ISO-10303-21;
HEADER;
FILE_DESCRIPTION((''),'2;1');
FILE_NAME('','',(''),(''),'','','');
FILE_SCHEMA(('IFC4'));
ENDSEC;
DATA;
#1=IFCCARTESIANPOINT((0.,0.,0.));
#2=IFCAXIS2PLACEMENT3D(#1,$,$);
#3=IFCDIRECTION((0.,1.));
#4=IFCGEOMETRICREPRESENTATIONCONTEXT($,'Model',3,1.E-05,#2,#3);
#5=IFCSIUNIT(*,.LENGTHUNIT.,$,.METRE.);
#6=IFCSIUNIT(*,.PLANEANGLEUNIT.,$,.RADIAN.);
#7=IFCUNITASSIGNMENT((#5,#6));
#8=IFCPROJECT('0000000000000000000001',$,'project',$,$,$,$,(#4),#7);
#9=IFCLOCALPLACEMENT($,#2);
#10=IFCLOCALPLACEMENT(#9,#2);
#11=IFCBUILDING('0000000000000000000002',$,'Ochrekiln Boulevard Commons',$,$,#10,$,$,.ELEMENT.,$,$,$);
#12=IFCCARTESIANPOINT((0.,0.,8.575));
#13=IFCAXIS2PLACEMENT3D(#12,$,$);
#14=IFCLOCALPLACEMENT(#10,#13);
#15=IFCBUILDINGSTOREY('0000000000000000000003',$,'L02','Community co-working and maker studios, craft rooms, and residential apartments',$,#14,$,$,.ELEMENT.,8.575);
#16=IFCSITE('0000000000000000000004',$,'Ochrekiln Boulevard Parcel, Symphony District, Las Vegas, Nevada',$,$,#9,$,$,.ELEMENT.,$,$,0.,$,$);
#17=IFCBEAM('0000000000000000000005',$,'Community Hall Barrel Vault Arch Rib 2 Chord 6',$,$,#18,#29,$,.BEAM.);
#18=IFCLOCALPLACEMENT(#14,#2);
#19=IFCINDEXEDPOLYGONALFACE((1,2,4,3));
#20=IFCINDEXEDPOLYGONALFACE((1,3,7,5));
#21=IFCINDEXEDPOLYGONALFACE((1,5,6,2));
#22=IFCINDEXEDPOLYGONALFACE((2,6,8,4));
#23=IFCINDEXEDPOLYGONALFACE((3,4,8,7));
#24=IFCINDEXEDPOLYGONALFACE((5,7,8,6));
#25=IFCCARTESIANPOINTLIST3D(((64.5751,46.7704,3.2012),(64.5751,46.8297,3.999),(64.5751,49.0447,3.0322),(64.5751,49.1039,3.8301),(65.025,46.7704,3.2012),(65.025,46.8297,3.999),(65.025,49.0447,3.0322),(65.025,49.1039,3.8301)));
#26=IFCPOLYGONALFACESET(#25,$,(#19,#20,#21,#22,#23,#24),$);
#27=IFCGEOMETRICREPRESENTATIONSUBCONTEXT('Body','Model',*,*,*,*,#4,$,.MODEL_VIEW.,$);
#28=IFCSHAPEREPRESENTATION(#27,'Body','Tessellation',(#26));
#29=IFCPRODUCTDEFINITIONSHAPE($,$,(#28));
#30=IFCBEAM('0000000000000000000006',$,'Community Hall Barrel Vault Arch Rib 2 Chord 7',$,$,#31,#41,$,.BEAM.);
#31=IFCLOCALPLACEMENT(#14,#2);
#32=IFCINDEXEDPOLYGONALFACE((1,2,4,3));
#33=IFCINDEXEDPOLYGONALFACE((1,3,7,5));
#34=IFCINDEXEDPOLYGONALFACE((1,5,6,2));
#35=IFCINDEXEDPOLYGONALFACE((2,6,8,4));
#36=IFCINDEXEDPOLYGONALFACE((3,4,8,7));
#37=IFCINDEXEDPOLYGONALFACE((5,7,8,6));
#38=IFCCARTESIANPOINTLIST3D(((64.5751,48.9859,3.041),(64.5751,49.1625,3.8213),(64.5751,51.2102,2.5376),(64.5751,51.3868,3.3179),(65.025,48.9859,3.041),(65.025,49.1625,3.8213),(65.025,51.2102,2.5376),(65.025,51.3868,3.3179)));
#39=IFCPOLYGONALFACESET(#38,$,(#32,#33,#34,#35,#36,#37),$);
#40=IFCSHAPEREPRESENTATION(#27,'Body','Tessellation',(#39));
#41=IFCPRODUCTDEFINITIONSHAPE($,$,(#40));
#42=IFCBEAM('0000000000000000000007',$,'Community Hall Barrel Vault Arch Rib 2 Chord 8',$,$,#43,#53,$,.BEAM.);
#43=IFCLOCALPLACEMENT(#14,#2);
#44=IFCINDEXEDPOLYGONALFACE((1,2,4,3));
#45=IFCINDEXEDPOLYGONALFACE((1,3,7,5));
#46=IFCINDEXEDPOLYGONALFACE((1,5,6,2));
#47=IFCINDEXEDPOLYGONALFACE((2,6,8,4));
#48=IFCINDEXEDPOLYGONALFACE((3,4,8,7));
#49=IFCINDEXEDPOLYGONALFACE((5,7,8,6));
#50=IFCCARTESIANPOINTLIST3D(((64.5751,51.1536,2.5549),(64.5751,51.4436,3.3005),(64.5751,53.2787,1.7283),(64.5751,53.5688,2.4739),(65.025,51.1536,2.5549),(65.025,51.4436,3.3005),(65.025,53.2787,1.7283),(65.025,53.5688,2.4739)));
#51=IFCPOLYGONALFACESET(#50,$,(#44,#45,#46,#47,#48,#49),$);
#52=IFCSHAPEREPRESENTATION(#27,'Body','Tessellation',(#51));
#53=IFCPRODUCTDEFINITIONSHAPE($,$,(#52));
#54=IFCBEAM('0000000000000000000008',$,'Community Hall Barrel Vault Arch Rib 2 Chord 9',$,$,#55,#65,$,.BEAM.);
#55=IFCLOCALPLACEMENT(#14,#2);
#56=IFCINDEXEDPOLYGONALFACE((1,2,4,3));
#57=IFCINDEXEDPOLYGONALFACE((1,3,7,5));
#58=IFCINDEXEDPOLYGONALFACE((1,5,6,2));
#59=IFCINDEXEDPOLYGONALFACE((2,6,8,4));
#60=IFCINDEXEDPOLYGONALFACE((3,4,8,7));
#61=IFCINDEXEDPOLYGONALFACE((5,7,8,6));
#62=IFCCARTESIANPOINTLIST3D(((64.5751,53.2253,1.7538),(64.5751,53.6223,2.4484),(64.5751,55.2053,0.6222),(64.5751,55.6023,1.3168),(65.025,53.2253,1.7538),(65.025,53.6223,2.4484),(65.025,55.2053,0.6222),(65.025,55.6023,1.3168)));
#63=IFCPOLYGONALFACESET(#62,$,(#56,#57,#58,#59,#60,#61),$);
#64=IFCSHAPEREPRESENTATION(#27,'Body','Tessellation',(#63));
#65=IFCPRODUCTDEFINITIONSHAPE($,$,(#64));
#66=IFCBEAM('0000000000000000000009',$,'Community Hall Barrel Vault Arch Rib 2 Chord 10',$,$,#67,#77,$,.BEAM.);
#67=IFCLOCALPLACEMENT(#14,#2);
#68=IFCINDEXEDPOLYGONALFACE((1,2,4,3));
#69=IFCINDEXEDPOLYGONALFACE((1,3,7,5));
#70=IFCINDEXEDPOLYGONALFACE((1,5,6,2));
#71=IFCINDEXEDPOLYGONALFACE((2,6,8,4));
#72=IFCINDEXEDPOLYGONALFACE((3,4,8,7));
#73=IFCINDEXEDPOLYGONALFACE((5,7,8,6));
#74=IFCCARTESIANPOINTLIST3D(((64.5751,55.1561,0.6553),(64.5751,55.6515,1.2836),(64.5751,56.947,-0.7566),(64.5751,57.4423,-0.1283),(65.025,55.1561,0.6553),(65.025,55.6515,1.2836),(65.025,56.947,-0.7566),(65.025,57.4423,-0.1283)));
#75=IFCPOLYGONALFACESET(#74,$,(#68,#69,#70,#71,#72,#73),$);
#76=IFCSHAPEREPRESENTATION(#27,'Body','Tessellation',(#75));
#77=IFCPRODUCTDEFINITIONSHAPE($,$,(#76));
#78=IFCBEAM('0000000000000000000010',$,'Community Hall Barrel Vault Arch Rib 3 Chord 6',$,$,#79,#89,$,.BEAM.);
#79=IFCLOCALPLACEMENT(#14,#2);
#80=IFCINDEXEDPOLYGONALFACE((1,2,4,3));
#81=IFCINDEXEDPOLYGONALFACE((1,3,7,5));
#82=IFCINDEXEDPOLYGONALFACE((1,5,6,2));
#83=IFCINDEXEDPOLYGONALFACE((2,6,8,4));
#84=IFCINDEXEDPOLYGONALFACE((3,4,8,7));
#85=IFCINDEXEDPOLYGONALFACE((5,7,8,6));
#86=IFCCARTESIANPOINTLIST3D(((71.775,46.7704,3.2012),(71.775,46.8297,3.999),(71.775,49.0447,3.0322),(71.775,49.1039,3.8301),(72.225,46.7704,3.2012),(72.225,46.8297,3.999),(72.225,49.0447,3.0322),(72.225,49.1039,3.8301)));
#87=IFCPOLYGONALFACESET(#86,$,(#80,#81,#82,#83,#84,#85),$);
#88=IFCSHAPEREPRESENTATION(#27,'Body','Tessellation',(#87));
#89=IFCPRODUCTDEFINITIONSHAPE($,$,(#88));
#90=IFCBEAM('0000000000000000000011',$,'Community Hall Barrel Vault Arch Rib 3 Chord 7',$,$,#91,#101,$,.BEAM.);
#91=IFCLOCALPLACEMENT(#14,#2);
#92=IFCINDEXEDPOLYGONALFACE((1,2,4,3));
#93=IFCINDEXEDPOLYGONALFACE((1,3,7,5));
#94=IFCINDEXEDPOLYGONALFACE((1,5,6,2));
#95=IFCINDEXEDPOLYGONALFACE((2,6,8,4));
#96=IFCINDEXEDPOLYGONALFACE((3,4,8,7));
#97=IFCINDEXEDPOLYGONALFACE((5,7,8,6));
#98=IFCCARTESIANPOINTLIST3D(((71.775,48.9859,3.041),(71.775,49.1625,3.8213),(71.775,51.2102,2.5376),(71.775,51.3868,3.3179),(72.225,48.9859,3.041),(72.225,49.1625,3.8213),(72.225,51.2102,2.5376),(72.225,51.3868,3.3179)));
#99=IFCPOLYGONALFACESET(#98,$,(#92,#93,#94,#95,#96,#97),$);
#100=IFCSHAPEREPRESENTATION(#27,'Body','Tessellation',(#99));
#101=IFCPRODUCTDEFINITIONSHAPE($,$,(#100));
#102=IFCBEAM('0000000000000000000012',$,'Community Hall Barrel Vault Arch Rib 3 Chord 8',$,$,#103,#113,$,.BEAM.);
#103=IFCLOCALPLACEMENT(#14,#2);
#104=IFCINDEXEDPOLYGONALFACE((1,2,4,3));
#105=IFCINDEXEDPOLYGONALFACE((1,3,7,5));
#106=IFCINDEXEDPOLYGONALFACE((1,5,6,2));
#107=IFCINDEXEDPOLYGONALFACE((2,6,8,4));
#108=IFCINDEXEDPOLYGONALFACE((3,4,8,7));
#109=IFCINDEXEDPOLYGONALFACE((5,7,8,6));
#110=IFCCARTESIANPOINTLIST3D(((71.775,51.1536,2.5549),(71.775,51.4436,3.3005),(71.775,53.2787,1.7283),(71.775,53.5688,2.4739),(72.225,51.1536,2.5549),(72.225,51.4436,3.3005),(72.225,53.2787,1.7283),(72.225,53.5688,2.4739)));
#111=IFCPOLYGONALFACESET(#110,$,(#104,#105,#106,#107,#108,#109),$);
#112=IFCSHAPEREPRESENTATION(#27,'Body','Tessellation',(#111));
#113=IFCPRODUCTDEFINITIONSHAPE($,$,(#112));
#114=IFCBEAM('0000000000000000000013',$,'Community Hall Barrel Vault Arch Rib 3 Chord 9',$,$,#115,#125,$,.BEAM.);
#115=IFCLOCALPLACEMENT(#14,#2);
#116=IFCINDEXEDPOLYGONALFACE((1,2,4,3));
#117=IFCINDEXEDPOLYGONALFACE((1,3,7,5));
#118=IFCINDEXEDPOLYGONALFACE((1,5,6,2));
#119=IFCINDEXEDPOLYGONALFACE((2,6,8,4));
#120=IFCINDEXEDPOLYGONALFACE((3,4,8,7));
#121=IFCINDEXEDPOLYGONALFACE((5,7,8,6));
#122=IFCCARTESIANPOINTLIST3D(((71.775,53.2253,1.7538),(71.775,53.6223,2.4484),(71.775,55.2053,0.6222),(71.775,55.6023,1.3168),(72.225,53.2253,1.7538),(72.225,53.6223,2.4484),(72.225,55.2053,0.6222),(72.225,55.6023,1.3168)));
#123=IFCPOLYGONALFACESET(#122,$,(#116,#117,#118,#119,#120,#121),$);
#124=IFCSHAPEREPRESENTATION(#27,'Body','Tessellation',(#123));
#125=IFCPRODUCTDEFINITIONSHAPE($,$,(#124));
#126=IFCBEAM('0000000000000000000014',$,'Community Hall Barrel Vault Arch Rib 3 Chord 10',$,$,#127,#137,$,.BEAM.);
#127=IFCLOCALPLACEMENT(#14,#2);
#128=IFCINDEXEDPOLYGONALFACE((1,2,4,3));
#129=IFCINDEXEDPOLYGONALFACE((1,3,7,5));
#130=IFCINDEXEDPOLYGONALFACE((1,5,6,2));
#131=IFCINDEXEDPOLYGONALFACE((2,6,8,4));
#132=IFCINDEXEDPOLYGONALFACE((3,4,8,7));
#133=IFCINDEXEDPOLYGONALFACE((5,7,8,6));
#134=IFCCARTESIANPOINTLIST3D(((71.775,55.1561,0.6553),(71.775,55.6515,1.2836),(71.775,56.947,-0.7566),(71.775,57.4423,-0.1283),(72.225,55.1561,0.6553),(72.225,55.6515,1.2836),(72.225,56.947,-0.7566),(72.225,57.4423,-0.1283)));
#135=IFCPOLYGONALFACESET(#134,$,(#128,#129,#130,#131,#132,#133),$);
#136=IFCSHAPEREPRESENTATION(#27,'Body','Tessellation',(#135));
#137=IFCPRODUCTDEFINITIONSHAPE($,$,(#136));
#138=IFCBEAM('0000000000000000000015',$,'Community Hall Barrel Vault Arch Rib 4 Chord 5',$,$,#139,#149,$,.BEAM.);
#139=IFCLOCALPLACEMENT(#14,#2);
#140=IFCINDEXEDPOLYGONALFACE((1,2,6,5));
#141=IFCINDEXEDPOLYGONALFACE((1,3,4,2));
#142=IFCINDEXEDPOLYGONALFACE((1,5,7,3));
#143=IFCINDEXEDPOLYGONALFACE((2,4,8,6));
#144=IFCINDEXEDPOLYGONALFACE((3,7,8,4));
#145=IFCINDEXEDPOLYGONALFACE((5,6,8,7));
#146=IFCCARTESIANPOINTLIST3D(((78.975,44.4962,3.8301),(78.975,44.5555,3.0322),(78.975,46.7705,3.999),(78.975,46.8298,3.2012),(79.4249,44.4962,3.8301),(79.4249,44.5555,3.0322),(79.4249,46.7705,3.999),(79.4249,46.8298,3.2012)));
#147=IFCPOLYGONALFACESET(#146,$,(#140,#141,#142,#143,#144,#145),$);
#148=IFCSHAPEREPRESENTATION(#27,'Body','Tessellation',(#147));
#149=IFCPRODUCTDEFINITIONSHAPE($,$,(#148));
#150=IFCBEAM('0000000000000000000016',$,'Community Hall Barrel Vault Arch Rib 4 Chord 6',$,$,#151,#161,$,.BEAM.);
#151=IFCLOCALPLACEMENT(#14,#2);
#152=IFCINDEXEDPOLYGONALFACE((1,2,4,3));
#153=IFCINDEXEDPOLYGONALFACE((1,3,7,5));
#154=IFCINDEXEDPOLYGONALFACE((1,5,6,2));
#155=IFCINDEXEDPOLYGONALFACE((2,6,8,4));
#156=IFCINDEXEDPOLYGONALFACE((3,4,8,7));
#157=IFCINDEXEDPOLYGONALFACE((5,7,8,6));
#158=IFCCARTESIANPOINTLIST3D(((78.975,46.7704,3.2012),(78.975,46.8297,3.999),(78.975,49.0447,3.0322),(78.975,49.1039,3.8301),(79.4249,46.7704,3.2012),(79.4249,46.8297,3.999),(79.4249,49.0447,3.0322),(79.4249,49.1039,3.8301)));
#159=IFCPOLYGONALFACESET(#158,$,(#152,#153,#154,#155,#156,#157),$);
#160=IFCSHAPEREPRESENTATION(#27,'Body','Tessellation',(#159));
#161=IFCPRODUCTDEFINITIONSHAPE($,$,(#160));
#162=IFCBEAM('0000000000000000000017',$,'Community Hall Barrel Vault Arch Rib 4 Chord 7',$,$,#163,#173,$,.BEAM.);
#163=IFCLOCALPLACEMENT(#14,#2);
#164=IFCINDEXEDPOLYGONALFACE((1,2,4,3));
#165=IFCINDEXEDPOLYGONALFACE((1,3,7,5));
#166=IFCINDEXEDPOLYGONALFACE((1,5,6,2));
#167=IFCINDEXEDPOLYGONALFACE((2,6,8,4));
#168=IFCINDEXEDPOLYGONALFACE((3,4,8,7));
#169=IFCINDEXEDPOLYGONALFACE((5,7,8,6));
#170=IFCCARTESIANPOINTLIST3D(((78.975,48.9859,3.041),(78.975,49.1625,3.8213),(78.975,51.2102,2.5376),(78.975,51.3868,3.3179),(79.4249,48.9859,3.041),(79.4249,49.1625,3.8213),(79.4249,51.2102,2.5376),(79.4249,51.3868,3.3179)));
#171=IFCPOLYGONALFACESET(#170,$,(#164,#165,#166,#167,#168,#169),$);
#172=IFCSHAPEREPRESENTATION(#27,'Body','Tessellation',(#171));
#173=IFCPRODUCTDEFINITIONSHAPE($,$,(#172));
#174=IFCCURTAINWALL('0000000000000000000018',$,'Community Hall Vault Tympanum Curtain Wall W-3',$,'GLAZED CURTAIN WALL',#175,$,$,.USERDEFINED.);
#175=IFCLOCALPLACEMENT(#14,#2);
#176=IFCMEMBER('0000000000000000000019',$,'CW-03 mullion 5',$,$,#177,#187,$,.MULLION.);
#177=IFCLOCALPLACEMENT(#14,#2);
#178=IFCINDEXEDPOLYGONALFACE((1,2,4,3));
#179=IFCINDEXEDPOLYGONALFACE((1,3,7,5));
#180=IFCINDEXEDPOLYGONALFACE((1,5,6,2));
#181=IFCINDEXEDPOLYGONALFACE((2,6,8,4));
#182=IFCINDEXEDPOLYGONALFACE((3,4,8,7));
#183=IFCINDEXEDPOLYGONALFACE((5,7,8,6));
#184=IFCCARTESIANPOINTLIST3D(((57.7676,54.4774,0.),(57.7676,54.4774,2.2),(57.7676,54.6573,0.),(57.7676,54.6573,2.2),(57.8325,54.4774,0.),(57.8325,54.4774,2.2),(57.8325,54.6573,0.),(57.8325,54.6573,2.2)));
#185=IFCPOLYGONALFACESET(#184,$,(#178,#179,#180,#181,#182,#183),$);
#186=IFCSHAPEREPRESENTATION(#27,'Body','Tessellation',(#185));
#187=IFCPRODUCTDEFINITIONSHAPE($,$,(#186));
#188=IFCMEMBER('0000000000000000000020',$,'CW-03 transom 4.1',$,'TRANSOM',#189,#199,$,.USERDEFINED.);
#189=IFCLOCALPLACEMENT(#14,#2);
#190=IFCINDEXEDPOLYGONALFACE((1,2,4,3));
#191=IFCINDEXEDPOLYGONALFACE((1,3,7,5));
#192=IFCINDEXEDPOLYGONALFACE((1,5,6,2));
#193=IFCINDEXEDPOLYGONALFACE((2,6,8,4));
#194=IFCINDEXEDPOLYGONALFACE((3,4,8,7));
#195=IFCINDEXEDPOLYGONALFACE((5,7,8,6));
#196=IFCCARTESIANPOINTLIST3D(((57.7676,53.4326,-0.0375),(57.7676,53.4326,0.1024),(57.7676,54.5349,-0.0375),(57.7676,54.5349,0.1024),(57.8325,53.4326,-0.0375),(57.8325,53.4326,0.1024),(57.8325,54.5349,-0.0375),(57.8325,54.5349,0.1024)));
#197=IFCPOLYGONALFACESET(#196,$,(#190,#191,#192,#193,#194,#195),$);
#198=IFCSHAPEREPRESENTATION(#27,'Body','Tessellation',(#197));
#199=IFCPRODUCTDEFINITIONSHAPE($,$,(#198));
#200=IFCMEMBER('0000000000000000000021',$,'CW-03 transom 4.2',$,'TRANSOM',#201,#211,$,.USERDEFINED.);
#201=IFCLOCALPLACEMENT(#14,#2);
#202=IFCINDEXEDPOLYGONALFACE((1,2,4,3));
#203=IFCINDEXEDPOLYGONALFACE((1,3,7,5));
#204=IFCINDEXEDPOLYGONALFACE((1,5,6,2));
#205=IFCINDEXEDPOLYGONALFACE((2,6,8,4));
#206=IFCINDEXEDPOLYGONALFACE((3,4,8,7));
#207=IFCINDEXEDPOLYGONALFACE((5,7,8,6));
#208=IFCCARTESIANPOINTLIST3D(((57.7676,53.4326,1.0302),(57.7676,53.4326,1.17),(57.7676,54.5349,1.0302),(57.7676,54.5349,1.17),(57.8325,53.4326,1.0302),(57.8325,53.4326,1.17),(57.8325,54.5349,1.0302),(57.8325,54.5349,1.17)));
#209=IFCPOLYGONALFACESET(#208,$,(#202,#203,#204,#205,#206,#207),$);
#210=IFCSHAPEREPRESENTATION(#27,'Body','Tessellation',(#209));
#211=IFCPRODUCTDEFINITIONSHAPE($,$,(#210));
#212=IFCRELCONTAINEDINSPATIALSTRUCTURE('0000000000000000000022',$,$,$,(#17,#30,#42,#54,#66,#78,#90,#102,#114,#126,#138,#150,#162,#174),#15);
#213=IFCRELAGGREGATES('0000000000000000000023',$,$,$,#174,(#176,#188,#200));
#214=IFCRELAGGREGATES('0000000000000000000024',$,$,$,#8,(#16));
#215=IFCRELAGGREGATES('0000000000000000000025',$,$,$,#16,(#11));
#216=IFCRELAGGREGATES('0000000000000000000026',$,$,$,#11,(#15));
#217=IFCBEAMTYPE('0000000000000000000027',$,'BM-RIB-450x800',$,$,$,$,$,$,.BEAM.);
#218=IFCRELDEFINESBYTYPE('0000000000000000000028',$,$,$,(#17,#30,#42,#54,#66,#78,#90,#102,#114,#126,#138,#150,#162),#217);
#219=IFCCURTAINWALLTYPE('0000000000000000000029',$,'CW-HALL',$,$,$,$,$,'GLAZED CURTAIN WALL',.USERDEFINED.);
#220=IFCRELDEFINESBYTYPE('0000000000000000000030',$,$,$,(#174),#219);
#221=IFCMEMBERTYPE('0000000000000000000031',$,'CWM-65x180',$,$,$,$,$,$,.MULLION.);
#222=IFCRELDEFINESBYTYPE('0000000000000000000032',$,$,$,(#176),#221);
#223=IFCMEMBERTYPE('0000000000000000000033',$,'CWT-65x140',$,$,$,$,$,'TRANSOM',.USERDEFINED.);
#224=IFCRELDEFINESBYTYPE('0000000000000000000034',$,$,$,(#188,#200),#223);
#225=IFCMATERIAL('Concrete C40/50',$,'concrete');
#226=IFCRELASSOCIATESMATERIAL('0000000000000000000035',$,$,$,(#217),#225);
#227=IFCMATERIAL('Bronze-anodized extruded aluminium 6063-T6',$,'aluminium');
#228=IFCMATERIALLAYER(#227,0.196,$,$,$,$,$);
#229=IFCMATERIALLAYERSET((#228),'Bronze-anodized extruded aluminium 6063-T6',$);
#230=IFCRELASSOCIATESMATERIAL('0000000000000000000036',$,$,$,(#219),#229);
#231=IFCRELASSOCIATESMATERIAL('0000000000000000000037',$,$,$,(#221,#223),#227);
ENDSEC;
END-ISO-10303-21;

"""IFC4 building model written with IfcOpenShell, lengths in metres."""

from ifc_helpers import new_model, si_unit, direction, frame, origin, origin_2d, place, context, subcontext, project, spatial, rectangle, extrude, material, layer, layer_set, material_profile, profile_set, type_object, element, aggregate, save


model = new_model("IFC4")

# Units and contexts
model_context = context("Model", 3, precision=1e-05, world=origin(), true_north=direction((0.0, 1.0)))
body_context = subcontext(model_context, "Body", "Model", "MODEL_VIEW")
ifc_project = project(units=[si_unit("LENGTHUNIT", "METRE"), si_unit("PLANEANGLEUNIT", "RADIAN")], contexts=[model_context])

# Site, building, storey
site_placement = place(None, origin())
site = spatial("IfcSite", under=ifc_project, at=site_placement, Name="Ochrekiln Boulevard Parcel, Symphony District, Las Vegas, Nevada", CompositionType="ELEMENT", RefElevation=0.0)
building_placement = place(site_placement, origin())
building = spatial("IfcBuilding", under=site, at=building_placement, Name="Ochrekiln Boulevard Commons", CompositionType="ELEMENT")
storey_placement = place(building_placement, frame((0.0, 0.0, 8.575)))
storey = spatial("IfcBuildingStorey", under=building, at=storey_placement, Name="L02", Description="Community co-working and maker studios, craft rooms, and residential apartments", CompositionType="ELEMENT", Elevation=8.575)

# Beams
ifc_material_1 = material(Name="Concrete C40/50", Category="concrete")
ifc_material_profile_1 = material_profile(ifc_material_1, rectangle(XDim=0.45, YDim=0.8, at=origin_2d()), Name="RC-RIB-450x800")
ifc_profile_set_1 = profile_set([ifc_material_profile_1], Name="Concrete C40/50")
beam_type_1 = type_object("IfcBeamType", Name="BM-RIB-450x800", PredefinedType="BEAM", material=ifc_profile_set_1)
for number, where, z_axis, x_axis, name in (
    (1, (64.8, 46.8, 3.6001), (0.0, 0.997252, -0.074085), (-1.0, 0.0, 0.0), "Community Hall Barrel Vault Arch Rib 2 Chord 6"),
    (2, (64.8, 49.0742, 3.4312), (0.0, 0.975333, -0.220737), (-1.0, 0.0, 0.0), "Community Hall Barrel Vault Arch Rib 2 Chord 7"),
):
    element("IfcBeam", number, at=place(storey_placement, frame(where, z_axis=z_axis, x_axis=x_axis)), inside=storey, type_object=beam_type_1, Name=name, PredefinedType="BEAM", context=body_context, shape_type="SweptSolid", body=[
        extrude(rectangle(XDim=0.45, YDim=0.8, at=origin_2d()), origin(), (0.0, 0.0, 1.0), 2.2805),
    ])
beam_1_placement = place(storey_placement, frame((64.8, 51.2986, 2.9277), z_axis=(0.0, 0.931979, -0.362513), x_axis=(-1.0, 0.0, 0.0)))
element("IfcBeam", 3, at=beam_1_placement, inside=storey, type_object=beam_type_1, Name="Community Hall Barrel Vault Arch Rib 2 Chord 8", PredefinedType="BEAM", context=body_context, shape_type="SweptSolid", body=[
    extrude(rectangle(XDim=0.45, YDim=0.8, at=origin_2d()), origin(), (0.0, 0.0, 1.0), 2.2803),
])
for number, where, z_axis, x_axis, name in (
    (4, (64.8, 53.4238, 2.1011), (0.0, 0.86821, -0.496197), (-1.0, 0.0, 0.0), "Community Hall Barrel Vault Arch Rib 2 Chord 9"),
    (5, (64.8, 55.4038, 0.9695), (0.0, 0.785288, -0.61913), (-1.0, 0.0, 0.0), "Community Hall Barrel Vault Arch Rib 2 Chord 10"),
    (6, (72.0, 46.8, 3.6001), (0.0, 0.997252, -0.074085), (-1.0, 0.0, 0.0), "Community Hall Barrel Vault Arch Rib 3 Chord 6"),
    (7, (72.0, 49.0742, 3.4312), (0.0, 0.975333, -0.220737), (-1.0, 0.0, 0.0), "Community Hall Barrel Vault Arch Rib 3 Chord 7"),
):
    element("IfcBeam", number, at=place(storey_placement, frame(where, z_axis=z_axis, x_axis=x_axis)), inside=storey, type_object=beam_type_1, Name=name, PredefinedType="BEAM", context=body_context, shape_type="SweptSolid", body=[
        extrude(rectangle(XDim=0.45, YDim=0.8, at=origin_2d()), origin(), (0.0, 0.0, 1.0), 2.2805),
    ])
beam_2_placement = place(storey_placement, frame((72.0, 51.2986, 2.9277), z_axis=(0.0, 0.931979, -0.362513), x_axis=(-1.0, 0.0, 0.0)))
element("IfcBeam", 8, at=beam_2_placement, inside=storey, type_object=beam_type_1, Name="Community Hall Barrel Vault Arch Rib 3 Chord 8", PredefinedType="BEAM", context=body_context, shape_type="SweptSolid", body=[
    extrude(rectangle(XDim=0.45, YDim=0.8, at=origin_2d()), origin(), (0.0, 0.0, 1.0), 2.2803),
])
for number, where, z_axis, x_axis, name in (
    (9, (72.0, 53.4238, 2.1011), (0.0, 0.86821, -0.496197), (-1.0, 0.0, 0.0), "Community Hall Barrel Vault Arch Rib 3 Chord 9"),
    (10, (72.0, 55.4038, 0.9695), (0.0, 0.785288, -0.61913), (-1.0, 0.0, 0.0), "Community Hall Barrel Vault Arch Rib 3 Chord 10"),
    (11, (79.2, 44.5259, 3.4312), (0.0, 0.997252, 0.074085), (-1.0, 0.0, 0.0), "Community Hall Barrel Vault Arch Rib 4 Chord 5"),
    (12, (79.2, 46.8, 3.6001), (0.0, 0.997252, -0.074085), (-1.0, 0.0, 0.0), "Community Hall Barrel Vault Arch Rib 4 Chord 6"),
    (13, (79.2, 49.0742, 3.4312), (0.0, 0.975333, -0.220737), (-1.0, 0.0, 0.0), "Community Hall Barrel Vault Arch Rib 4 Chord 7"),
):
    element("IfcBeam", number, at=place(storey_placement, frame(where, z_axis=z_axis, x_axis=x_axis)), inside=storey, type_object=beam_type_1, Name=name, PredefinedType="BEAM", context=body_context, shape_type="SweptSolid", body=[
        extrude(rectangle(XDim=0.45, YDim=0.8, at=origin_2d()), origin(), (0.0, 0.0, 1.0), 2.2805),
    ])

# Curtain wall, members
ifc_material_2 = material(Name="Bronze-anodized extruded aluminium 6063-T6", Category="aluminium")
ifc_layer_1 = layer(ifc_material_2, 0.196)
ifc_layer_set_1 = layer_set([ifc_layer_1], Name="Bronze-anodized extruded aluminium 6063-T6")
curtain_wall_type = type_object("IfcCurtainWallType", Name="CW-HALL", ElementType="GLAZED CURTAIN WALL", PredefinedType="USERDEFINED", material=ifc_layer_set_1)
curtain_wall_placement = place(storey_placement, origin())
curtain_wall = element("IfcCurtainWall", 14, at=curtain_wall_placement, inside=storey, type_object=curtain_wall_type, Name="Community Hall Vault Tympanum Curtain Wall W-3", ObjectType="GLAZED CURTAIN WALL", PredefinedType="USERDEFINED")
ifc_material_profile_2 = material_profile(ifc_material_2, rectangle(XDim=0.0649, YDim=0.1799, at=origin_2d()), Name="ALU-MUL-65x180")
ifc_profile_set_2 = profile_set([ifc_material_profile_2], Name="Bronze-anodized extruded aluminium 6063-T6")
member_type_1 = type_object("IfcMemberType", Name="CWM-65x180", PredefinedType="MULLION", material=ifc_profile_set_2)
member_1_placement = place(storey_placement, frame((57.8, 54.5674, 0.0), z_axis=(0.0, 0.0, 1.0), x_axis=(-1.0, 0.0, 0.0)))
member_1 = element("IfcMember", 15, at=member_1_placement, type_object=member_type_1, Name="CW-03 mullion 5", PredefinedType="MULLION", context=body_context, shape_type="SweptSolid", body=[
    extrude(rectangle(XDim=0.0649, YDim=0.1799, at=origin_2d()), origin(), (0.0, 0.0, 1.0), 2.2),
])
ifc_material_profile_3 = material_profile(ifc_material_2, rectangle(XDim=0.0649, YDim=0.1399, at=origin_2d()), Name="ALU-TRN-65x140")
ifc_profile_set_3 = profile_set([ifc_material_profile_3], Name="Bronze-anodized extruded aluminium 6063-T6")
member_type_2 = type_object("IfcMemberType", Name="CWT-65x140", ElementType="TRANSOM", PredefinedType="USERDEFINED", material=ifc_profile_set_3)
member_2_placement = place(storey_placement, frame((57.8, 53.4326, 0.0325), z_axis=(0.0, 1.0, 0.0), x_axis=(-1.0, 0.0, 0.0)))
member_2 = element("IfcMember", 16, at=member_2_placement, type_object=member_type_2, Name="CW-03 transom 4.1", ObjectType="TRANSOM", PredefinedType="USERDEFINED", context=body_context, shape_type="SweptSolid", body=[
    extrude(rectangle(XDim=0.0649, YDim=0.1399, at=origin_2d()), origin(), (0.0, 0.0, 1.0), 1.1023),
])
member_3_placement = place(storey_placement, frame((57.8, 53.4326, 1.1001), z_axis=(0.0, 1.0, 0.0), x_axis=(-1.0, 0.0, 0.0)))
member_3 = element("IfcMember", 17, at=member_3_placement, type_object=member_type_2, Name="CW-03 transom 4.2", ObjectType="TRANSOM", PredefinedType="USERDEFINED", context=body_context, shape_type="SweptSolid", body=[
    extrude(rectangle(XDim=0.0649, YDim=0.1399, at=origin_2d()), origin(), (0.0, 0.0, 1.0), 1.1023),
])

aggregate(curtain_wall, [member_1, member_2, member_3])

save(model, "model.ifc")
